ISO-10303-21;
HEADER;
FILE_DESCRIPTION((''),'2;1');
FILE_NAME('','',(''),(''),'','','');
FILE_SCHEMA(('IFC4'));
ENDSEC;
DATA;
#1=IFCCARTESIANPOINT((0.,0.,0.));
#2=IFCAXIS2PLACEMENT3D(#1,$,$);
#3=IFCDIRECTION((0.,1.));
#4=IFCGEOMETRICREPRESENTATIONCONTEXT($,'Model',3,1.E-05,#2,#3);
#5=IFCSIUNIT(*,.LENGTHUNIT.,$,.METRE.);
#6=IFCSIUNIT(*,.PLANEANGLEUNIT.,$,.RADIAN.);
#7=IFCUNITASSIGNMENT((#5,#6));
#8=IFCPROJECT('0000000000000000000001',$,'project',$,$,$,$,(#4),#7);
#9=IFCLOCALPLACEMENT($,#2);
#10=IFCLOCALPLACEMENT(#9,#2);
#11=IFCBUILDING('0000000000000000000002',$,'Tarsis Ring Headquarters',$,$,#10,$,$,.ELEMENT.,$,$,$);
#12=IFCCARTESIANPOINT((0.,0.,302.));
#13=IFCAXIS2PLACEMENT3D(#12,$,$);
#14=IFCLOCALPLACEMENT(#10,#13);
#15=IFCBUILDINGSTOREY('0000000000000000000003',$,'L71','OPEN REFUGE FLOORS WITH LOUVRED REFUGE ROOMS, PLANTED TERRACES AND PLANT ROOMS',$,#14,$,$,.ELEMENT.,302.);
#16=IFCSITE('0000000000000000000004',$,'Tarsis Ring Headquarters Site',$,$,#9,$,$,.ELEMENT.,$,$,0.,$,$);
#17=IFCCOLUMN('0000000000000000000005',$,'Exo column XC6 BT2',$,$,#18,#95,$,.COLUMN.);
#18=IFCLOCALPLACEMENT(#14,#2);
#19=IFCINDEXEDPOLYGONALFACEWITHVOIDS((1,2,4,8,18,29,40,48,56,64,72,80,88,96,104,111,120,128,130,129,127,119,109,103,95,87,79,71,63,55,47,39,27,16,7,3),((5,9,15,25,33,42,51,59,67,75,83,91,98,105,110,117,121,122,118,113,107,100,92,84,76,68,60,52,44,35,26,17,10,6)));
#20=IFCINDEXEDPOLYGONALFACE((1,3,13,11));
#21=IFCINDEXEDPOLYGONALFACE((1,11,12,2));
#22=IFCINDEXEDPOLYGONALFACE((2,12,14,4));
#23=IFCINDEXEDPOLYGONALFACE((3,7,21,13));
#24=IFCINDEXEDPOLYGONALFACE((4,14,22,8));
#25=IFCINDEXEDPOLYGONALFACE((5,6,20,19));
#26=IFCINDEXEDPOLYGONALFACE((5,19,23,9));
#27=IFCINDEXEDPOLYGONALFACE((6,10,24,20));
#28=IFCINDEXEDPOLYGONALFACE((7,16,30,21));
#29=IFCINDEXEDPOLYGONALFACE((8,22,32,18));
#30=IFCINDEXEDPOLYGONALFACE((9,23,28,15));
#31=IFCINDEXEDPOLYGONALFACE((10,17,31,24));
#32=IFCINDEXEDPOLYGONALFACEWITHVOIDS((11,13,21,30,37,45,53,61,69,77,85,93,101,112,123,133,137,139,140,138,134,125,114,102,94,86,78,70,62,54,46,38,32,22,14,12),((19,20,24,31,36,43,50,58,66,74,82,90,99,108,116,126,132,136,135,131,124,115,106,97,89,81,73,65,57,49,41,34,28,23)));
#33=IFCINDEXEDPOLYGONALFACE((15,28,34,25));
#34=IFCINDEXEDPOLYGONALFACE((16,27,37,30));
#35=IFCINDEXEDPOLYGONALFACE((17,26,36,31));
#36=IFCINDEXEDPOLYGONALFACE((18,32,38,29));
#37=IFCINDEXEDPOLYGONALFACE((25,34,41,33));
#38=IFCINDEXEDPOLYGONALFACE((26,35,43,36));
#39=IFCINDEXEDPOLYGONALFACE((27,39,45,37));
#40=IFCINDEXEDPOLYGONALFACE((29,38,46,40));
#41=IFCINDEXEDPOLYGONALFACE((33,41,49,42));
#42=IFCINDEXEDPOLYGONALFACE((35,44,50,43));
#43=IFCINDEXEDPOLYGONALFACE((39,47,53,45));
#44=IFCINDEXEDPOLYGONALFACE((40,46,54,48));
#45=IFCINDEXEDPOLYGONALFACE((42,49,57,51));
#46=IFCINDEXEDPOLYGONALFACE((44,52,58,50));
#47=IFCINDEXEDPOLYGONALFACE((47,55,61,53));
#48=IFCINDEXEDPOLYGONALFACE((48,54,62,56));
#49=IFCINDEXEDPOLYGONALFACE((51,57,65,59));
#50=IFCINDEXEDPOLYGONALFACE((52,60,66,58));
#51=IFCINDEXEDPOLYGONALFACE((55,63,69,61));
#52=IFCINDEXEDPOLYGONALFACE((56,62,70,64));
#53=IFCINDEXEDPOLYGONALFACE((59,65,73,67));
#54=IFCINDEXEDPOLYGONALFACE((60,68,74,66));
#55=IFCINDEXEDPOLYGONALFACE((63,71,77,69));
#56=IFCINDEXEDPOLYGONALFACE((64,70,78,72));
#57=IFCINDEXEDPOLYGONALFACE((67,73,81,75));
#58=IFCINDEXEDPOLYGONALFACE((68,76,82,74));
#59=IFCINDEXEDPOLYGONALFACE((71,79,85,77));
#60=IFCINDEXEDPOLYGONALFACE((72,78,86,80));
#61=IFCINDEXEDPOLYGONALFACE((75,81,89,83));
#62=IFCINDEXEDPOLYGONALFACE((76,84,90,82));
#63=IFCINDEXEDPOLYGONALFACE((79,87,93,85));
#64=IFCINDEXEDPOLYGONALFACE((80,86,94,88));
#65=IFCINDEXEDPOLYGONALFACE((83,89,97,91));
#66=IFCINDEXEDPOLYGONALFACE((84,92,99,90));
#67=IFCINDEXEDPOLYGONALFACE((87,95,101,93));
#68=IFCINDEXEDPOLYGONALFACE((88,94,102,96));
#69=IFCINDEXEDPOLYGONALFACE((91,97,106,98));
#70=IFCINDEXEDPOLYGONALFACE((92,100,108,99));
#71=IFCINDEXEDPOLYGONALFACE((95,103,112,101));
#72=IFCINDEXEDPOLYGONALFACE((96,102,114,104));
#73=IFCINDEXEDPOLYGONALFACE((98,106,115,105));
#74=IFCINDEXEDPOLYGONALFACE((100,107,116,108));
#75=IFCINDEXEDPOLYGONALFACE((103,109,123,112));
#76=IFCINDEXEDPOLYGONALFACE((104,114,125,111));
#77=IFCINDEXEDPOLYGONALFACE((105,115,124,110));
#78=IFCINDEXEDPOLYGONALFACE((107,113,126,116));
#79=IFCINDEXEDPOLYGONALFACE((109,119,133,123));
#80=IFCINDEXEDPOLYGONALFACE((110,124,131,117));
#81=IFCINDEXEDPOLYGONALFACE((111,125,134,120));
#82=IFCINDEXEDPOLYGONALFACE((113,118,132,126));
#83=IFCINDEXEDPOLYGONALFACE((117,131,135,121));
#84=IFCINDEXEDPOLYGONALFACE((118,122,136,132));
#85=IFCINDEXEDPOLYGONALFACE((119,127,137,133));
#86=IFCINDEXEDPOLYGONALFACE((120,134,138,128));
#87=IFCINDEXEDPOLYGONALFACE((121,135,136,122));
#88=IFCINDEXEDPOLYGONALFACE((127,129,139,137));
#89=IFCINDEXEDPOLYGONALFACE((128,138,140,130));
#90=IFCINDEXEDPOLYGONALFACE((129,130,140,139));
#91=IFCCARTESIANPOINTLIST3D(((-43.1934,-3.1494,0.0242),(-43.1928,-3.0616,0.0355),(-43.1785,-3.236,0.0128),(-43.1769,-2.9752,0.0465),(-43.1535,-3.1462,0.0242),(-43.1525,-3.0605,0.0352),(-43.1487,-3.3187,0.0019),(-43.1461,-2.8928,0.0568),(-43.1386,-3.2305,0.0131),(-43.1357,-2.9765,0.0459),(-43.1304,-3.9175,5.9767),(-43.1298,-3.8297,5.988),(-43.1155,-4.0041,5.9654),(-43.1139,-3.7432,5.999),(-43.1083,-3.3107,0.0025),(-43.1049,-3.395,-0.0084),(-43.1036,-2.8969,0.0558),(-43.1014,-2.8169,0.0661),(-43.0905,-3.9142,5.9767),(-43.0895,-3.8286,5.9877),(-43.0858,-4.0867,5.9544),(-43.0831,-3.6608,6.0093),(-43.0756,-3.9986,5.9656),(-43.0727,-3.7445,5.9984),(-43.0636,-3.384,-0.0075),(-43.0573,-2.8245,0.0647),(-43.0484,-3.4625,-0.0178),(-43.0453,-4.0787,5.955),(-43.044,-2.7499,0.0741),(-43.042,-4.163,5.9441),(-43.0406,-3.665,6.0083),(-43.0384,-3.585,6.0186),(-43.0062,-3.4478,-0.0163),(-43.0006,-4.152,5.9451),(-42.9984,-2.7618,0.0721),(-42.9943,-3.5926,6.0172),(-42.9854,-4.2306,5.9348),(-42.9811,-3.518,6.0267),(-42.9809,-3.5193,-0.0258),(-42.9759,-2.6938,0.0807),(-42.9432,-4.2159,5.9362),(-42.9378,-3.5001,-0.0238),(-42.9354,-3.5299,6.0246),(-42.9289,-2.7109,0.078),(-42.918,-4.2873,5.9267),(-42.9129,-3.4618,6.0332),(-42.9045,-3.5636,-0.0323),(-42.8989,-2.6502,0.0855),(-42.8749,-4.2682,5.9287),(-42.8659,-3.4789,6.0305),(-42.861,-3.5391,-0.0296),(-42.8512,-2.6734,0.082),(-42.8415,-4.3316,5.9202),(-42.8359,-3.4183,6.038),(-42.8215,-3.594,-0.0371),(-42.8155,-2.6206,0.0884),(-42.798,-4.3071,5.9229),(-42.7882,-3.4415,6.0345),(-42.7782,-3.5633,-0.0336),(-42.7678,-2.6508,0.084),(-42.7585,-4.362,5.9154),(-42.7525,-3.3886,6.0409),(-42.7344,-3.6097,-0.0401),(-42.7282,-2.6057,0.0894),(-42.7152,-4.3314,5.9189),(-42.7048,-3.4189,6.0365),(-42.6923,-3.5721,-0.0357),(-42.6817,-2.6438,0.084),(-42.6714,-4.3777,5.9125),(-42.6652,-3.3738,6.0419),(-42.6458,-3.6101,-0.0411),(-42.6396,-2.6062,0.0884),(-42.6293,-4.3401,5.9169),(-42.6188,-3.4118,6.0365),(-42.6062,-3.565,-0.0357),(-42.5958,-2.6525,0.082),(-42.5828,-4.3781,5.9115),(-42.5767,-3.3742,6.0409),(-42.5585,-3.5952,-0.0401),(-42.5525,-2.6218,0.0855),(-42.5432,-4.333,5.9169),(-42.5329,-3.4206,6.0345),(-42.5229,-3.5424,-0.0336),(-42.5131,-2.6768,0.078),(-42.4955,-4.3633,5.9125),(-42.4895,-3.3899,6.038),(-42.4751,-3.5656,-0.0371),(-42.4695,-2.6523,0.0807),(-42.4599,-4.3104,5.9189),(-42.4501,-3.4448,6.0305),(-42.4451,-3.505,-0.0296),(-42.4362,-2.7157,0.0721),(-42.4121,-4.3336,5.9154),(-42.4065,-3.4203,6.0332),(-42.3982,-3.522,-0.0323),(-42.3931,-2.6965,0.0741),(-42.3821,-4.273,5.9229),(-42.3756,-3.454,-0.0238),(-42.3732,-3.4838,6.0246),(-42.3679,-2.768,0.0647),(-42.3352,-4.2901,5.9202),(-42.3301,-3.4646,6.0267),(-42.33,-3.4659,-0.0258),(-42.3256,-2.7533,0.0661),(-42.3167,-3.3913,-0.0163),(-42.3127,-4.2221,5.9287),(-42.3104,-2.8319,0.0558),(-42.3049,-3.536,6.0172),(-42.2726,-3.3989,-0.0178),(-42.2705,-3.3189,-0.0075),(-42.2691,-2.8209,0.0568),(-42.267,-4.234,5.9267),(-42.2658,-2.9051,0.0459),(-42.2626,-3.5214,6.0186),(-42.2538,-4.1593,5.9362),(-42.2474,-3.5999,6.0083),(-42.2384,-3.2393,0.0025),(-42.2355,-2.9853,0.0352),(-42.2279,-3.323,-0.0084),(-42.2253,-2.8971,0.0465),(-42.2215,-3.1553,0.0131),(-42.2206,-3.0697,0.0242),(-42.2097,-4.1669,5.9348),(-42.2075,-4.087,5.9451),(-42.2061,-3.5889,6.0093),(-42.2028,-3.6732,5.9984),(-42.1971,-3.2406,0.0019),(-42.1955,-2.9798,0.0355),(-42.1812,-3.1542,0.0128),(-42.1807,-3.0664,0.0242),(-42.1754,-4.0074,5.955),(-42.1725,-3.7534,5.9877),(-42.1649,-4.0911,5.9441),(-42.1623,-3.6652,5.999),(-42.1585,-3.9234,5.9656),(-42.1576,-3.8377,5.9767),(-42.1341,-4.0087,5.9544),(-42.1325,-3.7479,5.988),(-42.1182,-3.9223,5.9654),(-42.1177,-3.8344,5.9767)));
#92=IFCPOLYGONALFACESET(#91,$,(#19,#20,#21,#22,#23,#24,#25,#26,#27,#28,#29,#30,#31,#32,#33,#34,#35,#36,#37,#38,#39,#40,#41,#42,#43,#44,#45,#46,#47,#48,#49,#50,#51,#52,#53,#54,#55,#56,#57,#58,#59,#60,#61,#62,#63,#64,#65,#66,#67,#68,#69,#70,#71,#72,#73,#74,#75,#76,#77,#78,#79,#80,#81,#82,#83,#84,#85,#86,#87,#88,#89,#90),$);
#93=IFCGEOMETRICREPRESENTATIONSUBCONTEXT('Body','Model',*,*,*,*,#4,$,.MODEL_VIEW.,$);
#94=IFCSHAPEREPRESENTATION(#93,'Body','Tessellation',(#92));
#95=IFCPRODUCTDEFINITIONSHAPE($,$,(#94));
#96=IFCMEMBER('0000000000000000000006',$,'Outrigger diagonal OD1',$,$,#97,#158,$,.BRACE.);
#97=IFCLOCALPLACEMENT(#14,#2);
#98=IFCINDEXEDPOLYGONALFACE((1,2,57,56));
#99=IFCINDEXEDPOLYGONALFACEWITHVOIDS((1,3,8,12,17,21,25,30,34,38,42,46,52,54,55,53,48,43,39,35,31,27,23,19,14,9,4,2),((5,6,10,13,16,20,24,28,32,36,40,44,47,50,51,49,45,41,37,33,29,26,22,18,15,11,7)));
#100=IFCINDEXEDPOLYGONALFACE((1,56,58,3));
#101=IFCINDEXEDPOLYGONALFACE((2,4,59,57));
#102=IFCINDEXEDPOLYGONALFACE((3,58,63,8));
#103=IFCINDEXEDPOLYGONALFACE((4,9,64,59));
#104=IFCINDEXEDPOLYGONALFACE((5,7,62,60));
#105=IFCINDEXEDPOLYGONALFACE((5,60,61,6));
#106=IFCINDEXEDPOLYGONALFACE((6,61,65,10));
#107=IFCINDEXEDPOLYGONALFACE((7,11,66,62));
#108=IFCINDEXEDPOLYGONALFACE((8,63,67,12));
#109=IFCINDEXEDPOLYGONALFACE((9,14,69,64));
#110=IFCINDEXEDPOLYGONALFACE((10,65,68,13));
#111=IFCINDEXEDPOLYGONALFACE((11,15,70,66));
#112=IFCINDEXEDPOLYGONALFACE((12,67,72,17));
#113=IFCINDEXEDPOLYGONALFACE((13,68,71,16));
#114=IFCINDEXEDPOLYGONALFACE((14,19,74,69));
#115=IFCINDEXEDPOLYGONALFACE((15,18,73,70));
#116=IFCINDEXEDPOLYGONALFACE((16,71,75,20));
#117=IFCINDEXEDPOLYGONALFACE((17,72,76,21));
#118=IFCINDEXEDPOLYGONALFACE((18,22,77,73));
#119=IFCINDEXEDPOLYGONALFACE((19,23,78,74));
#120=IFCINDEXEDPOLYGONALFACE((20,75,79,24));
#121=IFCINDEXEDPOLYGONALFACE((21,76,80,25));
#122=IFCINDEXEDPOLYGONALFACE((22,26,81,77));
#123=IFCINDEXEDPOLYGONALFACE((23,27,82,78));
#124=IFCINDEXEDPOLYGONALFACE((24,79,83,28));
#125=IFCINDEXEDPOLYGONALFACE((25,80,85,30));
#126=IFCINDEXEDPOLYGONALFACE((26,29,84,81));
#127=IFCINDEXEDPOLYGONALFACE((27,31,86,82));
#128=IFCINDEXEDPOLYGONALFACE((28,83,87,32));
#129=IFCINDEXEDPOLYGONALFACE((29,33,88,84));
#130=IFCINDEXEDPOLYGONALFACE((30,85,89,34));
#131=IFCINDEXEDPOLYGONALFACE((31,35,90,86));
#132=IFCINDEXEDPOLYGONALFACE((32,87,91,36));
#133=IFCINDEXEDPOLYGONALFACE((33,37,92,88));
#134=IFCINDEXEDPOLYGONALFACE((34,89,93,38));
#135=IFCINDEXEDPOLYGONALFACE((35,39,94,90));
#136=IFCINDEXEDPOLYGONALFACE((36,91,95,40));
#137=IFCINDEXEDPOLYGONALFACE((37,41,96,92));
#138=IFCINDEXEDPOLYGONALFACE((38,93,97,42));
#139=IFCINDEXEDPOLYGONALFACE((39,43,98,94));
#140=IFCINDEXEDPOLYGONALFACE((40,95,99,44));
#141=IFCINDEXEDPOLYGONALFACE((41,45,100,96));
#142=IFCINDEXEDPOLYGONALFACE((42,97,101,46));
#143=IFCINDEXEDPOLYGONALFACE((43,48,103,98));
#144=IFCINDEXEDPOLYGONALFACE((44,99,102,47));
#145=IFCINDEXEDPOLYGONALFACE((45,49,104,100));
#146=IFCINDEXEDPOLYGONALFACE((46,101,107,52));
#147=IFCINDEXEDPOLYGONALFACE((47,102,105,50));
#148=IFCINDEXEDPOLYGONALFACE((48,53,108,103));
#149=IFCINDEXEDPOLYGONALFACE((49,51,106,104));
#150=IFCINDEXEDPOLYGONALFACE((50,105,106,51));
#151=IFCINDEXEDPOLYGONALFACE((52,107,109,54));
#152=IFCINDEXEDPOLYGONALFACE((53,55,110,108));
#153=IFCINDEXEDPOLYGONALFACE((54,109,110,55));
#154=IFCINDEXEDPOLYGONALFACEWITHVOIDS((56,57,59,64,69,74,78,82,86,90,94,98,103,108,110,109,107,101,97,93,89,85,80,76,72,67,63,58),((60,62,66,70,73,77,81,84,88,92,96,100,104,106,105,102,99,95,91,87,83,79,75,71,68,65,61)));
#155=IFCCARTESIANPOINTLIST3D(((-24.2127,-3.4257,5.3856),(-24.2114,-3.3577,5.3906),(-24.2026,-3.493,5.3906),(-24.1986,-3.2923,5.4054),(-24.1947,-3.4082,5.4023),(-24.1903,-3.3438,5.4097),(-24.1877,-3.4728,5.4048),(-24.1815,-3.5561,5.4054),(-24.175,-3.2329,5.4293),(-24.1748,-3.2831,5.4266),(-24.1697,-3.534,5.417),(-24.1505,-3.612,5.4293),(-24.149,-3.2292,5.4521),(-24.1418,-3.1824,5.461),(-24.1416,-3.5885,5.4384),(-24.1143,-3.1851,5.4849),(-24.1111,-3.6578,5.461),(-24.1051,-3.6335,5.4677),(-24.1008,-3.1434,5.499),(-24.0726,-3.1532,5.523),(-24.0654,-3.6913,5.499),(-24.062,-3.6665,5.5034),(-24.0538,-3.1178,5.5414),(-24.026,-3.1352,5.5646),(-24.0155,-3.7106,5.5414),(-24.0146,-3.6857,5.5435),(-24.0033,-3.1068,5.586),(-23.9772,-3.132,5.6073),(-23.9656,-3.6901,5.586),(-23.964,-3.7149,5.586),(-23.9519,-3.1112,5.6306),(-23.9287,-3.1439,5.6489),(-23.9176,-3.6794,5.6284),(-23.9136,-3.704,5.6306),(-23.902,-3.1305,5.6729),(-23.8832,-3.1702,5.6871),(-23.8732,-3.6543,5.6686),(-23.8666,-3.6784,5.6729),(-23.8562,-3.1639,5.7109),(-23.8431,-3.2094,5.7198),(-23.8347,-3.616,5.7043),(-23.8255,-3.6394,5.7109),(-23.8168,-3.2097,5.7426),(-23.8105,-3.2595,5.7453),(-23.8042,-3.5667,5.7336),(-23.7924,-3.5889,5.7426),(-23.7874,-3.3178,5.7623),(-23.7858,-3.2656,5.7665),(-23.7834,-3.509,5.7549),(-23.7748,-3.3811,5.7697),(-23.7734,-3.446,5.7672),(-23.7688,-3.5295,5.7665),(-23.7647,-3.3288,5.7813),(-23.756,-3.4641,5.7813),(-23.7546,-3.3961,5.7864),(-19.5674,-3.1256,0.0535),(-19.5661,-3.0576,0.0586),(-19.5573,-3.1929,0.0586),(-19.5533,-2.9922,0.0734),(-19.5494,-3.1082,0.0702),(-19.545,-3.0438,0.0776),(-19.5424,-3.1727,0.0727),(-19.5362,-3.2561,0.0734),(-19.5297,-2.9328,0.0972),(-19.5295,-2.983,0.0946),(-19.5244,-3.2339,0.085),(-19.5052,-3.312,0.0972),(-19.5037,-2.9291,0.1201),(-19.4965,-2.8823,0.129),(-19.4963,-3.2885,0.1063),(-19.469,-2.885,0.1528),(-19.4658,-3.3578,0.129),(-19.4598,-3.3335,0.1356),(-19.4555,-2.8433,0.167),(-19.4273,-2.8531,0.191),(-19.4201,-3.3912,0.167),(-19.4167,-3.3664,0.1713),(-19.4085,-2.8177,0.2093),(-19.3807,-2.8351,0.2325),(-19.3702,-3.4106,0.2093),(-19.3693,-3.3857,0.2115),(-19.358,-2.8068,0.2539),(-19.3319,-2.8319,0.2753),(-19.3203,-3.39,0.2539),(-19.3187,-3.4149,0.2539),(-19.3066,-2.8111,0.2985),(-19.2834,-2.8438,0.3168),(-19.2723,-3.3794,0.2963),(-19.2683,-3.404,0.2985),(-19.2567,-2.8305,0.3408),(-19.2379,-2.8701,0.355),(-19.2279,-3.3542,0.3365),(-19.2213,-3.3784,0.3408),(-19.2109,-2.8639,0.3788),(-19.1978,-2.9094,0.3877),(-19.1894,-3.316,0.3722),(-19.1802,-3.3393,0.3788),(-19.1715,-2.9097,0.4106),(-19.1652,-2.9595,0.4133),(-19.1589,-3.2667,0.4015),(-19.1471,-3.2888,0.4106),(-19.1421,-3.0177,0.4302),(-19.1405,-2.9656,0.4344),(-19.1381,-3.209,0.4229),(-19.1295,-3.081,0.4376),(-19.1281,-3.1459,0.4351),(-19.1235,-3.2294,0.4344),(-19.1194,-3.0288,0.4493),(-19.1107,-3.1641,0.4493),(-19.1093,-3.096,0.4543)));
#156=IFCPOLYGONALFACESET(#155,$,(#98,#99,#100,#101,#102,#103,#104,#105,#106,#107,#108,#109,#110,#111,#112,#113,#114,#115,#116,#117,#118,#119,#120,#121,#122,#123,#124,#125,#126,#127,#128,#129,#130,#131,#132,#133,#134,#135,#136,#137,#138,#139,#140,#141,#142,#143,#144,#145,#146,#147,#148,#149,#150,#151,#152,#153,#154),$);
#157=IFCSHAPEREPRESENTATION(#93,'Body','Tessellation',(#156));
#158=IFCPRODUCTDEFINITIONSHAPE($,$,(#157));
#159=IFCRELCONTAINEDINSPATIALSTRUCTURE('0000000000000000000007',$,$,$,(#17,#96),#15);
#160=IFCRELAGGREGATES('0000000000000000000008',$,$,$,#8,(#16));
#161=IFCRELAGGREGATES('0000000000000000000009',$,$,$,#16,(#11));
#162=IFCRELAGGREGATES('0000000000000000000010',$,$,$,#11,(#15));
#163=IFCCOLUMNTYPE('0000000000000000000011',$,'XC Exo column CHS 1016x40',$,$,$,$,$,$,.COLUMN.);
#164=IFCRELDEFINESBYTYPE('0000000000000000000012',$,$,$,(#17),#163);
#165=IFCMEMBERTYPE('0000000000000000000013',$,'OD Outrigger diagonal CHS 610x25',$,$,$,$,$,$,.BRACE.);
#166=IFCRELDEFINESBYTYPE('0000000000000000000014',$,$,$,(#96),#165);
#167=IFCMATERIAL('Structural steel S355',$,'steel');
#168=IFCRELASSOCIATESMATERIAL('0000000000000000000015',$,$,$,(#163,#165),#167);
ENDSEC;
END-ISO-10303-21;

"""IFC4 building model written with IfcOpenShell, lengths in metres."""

from ifc_helpers import new_model, si_unit, direction, frame, origin, origin_2d, place, context, subcontext, project, spatial, hollow_circle, extrude, material, material_profile, profile_set, type_object, element, save


model = new_model("IFC4")

# Units and contexts
model_context = context("Model", 3, precision=1e-05, world=origin(), true_north=direction((0.0, 1.0)))
body_context = subcontext(model_context, "Body", "Model", "MODEL_VIEW")
ifc_project = project(units=[si_unit("LENGTHUNIT", "METRE"), si_unit("PLANEANGLEUNIT", "RADIAN")], contexts=[model_context])

# Site, building, storey
site_placement = place(None, origin())
site = spatial("IfcSite", under=ifc_project, at=site_placement, Name="Tarsis Ring Headquarters Site", CompositionType="ELEMENT", RefElevation=0.0)
building_placement = place(site_placement, origin())
building = spatial("IfcBuilding", under=site, at=building_placement, Name="Tarsis Ring Headquarters", CompositionType="ELEMENT")
storey_placement = place(building_placement, frame((0.0, 0.0, 302.0)))
storey = spatial("IfcBuildingStorey", under=building, at=storey_placement, Name="L71", Description="OPEN REFUGE FLOORS WITH LOUVRED REFUGE ROOMS, PLANTED TERRACES AND PLANT ROOMS", CompositionType="ELEMENT", Elevation=302.0)

# Column
ifc_material_1 = material(Name="Structural steel S355", Category="steel")
ifc_material_profile_1 = material_profile(ifc_material_1, hollow_circle(Radius=0.5081, WallThickness=0.04, at=origin_2d()), Name="CHS 1016x40")
ifc_profile_set_1 = profile_set([ifc_material_profile_1], Name="Structural steel S355")
column_type = type_object("IfcColumnType", Name="XC Exo column CHS 1016x40", PredefinedType="COLUMN", material=ifc_profile_set_1)
column_placement = place(storey_placement, frame((-42.687, -3.1079, 0.0242), z_axis=(0.010494, -0.127962, 0.991724), x_axis=(0.996654, 0.081735, 0.0)))
element("IfcColumn", 1, at=column_placement, inside=storey, type_object=column_type, Name="Exo column XC6 BT2", PredefinedType="COLUMN", context=body_context, shape_type="SweptSolid", body=[
    extrude(hollow_circle(Radius=0.5081, WallThickness=0.04, at=origin_2d()), origin(), (0.0, 0.0, 1.0), 6.0022),
])

# Member
ifc_material_profile_2 = material_profile(ifc_material_1, hollow_circle(Radius=0.3047, WallThickness=0.0249, at=origin_2d()), Name="CHS 610x25")
ifc_profile_set_2 = profile_set([ifc_material_profile_2], Name="Structural steel S355")
member_type_1 = type_object("IfcMemberType", Name="OD Outrigger diagonal CHS 610x25", PredefinedType="BRACE", material=ifc_profile_set_2)
member_1_placement = place(storey_placement, frame((-19.3384, -3.1108, 0.2539), z_axis=(-0.65629, -0.042391, 0.753317), x_axis=(0.064458, -0.99792, 0.0)))
element("IfcMember", 2, at=member_1_placement, inside=storey, type_object=member_type_1, Name="Outrigger diagonal OD1", PredefinedType="BRACE", context=body_context, shape_type="SweptSolid", body=[
    extrude(hollow_circle(Radius=0.3047, WallThickness=0.0249, at=origin_2d()), origin(), (0.0, 0.0, 1.0), 7.0781),
])

save(model, "model.ifc")
